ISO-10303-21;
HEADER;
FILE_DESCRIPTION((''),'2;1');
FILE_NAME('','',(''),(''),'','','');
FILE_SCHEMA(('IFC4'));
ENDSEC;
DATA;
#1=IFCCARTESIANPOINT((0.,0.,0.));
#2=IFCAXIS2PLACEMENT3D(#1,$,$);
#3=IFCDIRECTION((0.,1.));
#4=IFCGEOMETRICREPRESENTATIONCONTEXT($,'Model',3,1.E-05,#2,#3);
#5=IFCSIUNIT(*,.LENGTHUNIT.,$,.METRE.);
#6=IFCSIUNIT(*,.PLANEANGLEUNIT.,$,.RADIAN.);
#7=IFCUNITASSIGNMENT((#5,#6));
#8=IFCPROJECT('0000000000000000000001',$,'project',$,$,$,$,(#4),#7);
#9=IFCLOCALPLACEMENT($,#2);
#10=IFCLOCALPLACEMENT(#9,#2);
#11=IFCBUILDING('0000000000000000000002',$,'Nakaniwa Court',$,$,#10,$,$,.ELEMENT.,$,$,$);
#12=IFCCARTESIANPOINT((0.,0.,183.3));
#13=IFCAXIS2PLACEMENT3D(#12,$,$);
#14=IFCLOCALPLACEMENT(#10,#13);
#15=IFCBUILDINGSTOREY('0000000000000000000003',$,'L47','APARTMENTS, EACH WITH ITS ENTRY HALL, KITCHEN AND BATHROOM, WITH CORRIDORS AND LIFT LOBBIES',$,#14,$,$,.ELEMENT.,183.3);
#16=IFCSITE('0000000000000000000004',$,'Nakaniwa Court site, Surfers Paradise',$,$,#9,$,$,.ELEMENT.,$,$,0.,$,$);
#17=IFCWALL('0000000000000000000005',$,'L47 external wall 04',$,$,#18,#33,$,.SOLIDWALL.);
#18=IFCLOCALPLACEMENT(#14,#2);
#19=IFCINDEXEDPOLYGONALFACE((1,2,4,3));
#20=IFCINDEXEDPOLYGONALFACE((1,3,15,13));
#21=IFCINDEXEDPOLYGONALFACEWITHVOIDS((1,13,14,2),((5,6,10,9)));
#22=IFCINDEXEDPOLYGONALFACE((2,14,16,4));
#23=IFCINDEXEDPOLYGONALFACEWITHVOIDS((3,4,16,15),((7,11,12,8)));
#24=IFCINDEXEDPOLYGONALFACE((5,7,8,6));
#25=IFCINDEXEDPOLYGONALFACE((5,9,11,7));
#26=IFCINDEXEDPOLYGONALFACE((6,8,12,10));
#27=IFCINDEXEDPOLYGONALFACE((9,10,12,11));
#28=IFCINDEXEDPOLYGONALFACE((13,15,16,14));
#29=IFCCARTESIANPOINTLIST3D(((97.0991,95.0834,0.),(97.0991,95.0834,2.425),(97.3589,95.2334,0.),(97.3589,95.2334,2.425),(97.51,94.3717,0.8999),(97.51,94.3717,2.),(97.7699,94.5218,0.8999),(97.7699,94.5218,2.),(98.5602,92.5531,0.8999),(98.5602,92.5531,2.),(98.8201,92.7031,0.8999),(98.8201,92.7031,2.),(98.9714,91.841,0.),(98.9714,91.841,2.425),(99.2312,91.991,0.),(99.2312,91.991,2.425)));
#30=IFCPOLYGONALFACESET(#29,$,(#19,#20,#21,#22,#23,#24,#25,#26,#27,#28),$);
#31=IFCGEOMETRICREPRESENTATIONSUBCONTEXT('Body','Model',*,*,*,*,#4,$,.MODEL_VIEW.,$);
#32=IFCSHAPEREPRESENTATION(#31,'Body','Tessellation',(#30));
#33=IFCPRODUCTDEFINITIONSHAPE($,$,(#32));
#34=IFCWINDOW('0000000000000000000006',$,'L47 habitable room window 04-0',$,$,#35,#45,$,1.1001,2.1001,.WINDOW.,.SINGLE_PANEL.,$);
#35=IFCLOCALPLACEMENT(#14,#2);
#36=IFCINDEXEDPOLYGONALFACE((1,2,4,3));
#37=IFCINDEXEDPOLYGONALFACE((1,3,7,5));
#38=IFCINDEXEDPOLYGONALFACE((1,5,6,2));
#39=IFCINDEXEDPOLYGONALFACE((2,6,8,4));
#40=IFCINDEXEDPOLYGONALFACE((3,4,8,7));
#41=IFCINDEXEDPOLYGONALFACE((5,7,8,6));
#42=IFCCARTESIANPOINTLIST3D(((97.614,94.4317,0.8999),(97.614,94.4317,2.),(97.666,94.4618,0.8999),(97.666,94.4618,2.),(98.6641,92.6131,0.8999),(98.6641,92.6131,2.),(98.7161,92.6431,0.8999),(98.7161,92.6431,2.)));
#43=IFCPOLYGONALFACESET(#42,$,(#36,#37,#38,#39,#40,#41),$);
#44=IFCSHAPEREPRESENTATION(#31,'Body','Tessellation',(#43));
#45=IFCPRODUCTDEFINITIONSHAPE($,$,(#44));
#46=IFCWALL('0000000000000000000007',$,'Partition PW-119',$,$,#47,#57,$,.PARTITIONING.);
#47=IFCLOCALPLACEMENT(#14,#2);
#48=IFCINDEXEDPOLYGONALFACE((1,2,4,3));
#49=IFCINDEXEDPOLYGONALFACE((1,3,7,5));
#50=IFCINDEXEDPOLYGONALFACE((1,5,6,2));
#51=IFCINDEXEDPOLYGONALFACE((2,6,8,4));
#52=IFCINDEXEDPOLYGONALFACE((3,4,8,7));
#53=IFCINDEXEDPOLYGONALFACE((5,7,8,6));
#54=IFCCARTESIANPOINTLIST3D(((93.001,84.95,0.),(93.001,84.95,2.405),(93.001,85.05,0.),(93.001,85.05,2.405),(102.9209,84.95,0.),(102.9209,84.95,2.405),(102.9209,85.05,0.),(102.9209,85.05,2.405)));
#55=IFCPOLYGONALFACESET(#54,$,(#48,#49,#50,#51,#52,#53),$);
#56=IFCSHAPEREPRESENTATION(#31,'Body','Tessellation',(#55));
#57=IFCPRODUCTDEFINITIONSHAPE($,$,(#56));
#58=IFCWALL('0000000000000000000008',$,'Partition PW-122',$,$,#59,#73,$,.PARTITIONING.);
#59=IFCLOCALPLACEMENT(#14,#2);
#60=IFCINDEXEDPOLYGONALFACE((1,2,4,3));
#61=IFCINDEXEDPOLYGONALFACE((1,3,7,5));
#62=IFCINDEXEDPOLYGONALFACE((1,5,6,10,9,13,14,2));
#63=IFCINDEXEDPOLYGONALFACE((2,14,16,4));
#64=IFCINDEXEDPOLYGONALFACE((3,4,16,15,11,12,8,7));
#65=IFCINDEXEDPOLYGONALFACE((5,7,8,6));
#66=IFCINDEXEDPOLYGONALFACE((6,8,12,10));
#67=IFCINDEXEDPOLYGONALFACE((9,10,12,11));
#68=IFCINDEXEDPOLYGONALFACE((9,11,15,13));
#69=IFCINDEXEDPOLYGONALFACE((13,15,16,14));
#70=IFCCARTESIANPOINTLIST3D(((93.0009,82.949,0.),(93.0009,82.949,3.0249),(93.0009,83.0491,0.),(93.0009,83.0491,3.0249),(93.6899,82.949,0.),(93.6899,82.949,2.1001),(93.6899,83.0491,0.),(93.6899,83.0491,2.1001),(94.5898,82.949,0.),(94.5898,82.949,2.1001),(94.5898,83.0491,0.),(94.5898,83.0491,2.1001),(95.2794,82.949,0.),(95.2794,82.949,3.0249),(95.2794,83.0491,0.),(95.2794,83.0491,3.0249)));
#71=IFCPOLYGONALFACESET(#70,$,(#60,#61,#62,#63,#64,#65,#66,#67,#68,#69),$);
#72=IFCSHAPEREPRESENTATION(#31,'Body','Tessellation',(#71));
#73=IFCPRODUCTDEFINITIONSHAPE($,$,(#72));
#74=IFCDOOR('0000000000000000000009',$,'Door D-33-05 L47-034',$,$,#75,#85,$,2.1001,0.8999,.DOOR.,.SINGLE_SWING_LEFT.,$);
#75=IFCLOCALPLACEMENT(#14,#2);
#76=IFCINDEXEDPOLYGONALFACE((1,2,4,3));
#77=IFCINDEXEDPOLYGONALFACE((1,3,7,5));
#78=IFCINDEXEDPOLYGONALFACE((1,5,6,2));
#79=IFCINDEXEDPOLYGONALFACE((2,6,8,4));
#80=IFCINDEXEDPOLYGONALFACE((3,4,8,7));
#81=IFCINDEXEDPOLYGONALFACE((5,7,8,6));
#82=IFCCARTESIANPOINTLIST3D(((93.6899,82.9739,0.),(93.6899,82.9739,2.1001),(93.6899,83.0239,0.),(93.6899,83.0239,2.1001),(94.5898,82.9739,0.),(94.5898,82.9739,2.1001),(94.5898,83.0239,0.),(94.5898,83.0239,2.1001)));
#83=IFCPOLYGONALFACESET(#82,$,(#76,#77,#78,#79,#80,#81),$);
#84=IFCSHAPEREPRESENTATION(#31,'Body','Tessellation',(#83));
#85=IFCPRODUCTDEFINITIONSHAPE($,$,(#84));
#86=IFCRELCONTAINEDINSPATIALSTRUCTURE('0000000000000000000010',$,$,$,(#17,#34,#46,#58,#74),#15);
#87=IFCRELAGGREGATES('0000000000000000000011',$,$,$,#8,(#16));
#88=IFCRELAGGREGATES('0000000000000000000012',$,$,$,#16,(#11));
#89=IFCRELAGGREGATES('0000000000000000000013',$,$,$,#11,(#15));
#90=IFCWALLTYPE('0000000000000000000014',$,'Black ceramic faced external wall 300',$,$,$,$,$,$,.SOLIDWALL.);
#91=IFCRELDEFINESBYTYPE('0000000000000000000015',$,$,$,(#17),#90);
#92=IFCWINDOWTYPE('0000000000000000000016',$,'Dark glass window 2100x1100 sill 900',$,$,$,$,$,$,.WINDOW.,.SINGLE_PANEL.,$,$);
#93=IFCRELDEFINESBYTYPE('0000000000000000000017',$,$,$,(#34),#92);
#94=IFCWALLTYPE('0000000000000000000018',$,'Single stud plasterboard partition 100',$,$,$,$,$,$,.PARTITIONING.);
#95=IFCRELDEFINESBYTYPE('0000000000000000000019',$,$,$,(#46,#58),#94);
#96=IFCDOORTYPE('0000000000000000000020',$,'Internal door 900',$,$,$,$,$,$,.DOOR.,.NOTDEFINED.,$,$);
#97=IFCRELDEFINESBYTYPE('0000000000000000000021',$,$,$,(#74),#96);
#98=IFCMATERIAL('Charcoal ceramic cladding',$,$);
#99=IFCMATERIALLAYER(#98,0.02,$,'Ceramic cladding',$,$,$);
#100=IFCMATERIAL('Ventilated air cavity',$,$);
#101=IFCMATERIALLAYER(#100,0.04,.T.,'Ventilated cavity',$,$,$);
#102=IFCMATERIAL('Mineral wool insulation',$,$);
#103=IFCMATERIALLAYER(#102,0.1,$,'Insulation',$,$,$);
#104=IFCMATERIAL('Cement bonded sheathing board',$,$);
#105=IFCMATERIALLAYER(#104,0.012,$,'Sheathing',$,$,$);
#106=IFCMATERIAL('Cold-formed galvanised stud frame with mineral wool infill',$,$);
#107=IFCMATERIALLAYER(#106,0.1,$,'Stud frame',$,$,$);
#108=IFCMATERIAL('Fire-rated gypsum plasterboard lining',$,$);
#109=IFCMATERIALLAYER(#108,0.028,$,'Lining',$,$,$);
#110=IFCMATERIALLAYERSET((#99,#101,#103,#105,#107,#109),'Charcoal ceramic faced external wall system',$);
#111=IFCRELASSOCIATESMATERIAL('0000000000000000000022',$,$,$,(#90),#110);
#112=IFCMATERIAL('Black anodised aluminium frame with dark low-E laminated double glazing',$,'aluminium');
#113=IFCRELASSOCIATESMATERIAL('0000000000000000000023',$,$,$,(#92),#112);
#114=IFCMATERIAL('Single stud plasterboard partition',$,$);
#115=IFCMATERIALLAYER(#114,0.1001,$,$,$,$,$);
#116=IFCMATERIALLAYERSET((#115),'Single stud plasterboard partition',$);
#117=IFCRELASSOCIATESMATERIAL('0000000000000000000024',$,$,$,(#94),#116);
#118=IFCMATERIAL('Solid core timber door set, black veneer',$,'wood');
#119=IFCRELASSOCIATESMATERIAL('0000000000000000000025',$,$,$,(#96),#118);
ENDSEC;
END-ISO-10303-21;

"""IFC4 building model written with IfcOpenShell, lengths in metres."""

from ifc_helpers import new_model, si_unit, direction, frame, frame_2d, origin, place, context, subcontext, project, spatial, rectangle, extrude, material, layer, layer_set, type_object, element, fill, save


model = new_model("IFC4")

# Units and contexts
model_context = context("Model", 3, precision=1e-05, world=origin(), true_north=direction((0.0, 1.0)))
body_context = subcontext(model_context, "Body", "Model", "MODEL_VIEW")
ifc_project = project(units=[si_unit("LENGTHUNIT", "METRE"), si_unit("PLANEANGLEUNIT", "RADIAN")], contexts=[model_context])

# Site, building, storey
site_placement = place(None, origin())
site = spatial("IfcSite", under=ifc_project, at=site_placement, Name="Nakaniwa Court site, Surfers Paradise", CompositionType="ELEMENT", RefElevation=0.0)
building_placement = place(site_placement, origin())
building = spatial("IfcBuilding", under=site, at=building_placement, Name="Nakaniwa Court", CompositionType="ELEMENT")
storey_placement = place(building_placement, frame((0.0, 0.0, 183.3)))
storey = spatial("IfcBuildingStorey", under=building, at=storey_placement, Name="L47", Description="APARTMENTS, EACH WITH ITS ENTRY HALL, KITCHEN AND BATHROOM, WITH CORRIDORS AND LIFT LOBBIES", CompositionType="ELEMENT", Elevation=183.3)

# Shared definitions
ifc_material_1 = material(Name="Solid core timber door set, black veneer", Category="wood")

# Wall, opening, window
ifc_material_2 = material(Name="Charcoal ceramic cladding")
ifc_layer_1 = layer(ifc_material_2, 0.02, Name="Ceramic cladding")
ifc_material_3 = material(Name="Ventilated air cavity")
ifc_layer_2 = layer(ifc_material_3, 0.04, ventilated=True, Name="Ventilated cavity")
ifc_material_4 = material(Name="Mineral wool insulation")
ifc_layer_3 = layer(ifc_material_4, 0.1, Name="Insulation")
ifc_material_5 = material(Name="Cement bonded sheathing board")
ifc_layer_4 = layer(ifc_material_5, 0.012, Name="Sheathing")
ifc_material_6 = material(Name="Cold-formed galvanised stud frame with mineral wool infill")
ifc_layer_5 = layer(ifc_material_6, 0.1, Name="Stud frame")
ifc_material_7 = material(Name="Fire-rated gypsum plasterboard lining")
ifc_layer_6 = layer(ifc_material_7, 0.028, Name="Lining")
ifc_layer_set_1 = layer_set([ifc_layer_1, ifc_layer_2, ifc_layer_3, ifc_layer_4, ifc_layer_5, ifc_layer_6], Name="Charcoal ceramic faced external wall system")
wall_type_1 = type_object("IfcWallType", Name="Black ceramic faced external wall 300", PredefinedType="SOLIDWALL", material=ifc_layer_set_1)
ifc_material_8 = material(Name="Black anodised aluminium frame with dark low-E laminated double glazing", Category="aluminium")
window_type = type_object("IfcWindowType", Name="Dark glass window 2100x1100 sill 900", PartitioningType="SINGLE_PANEL", PredefinedType="WINDOW", material=ifc_material_8)
wall_1_placement = place(storey_placement, frame((99.1013, 91.916, 0.0), z_axis=(0.0, 0.0, 1.0), x_axis=(-0.500059, 0.865991, 0.0)))
wall_1 = element("IfcWall", 1, at=wall_1_placement, inside=storey, type_object=wall_type_1, Name="L47 external wall 04", PredefinedType="SOLIDWALL", context=body_context, shape_type="SweptSolid", body=[
    extrude(rectangle(XDim=3.7441, YDim=0.3, at=frame_2d((1.8721, 0.0))), origin(), (0.0, 0.0, 1.0), 2.425),
])
opening_1_placement = place(wall_1_placement, frame((0.8223, 0.0, 0.8999)))
opening_1 = element("IfcOpeningElement", 2, at=opening_1_placement, cuts=wall_1, PredefinedType="OPENING", context=body_context, shape_type="SweptSolid", body=[
    extrude(rectangle(XDim=2.1001, YDim=1.1001, at=frame_2d((1.05, 0.55))), frame((0.0, 0.1599, 0.0), z_axis=(0.0, -1.0, 0.0), x_axis=(1.0, 0.0, 0.0)), (0.0, 0.0, 1.0), 0.3201),
])
window_1_placement = place(opening_1_placement, origin())
window_1 = element("IfcWindow", 3, at=window_1_placement, inside=storey, type_object=window_type, Name="L47 habitable room window 04-0", OverallHeight=1.1001, OverallWidth=2.1001, PartitioningType="SINGLE_PANEL", PredefinedType="WINDOW", context=body_context, shape_type="SweptSolid", body=[
    extrude(rectangle(XDim=2.1001, YDim=1.1001, at=frame_2d((1.05, 0.55))), frame((0.0, 0.03, 0.0), z_axis=(0.0, -1.0, 0.0), x_axis=(1.0, 0.0, 0.0)), (0.0, 0.0, 1.0), 0.0601),
])
fill(opening_1, window_1)

# Wall
ifc_material_9 = material(Name="Single stud plasterboard partition")
ifc_layer_7 = layer(ifc_material_9, 0.1001)
ifc_layer_set_2 = layer_set([ifc_layer_7], Name="Single stud plasterboard partition")
wall_type_2 = type_object("IfcWallType", Name="Single stud plasterboard partition 100", PredefinedType="PARTITIONING", material=ifc_layer_set_2)
wall_2_placement = place(storey_placement, frame((93.001, 85.0, 0.0), z_axis=(0.0, 0.0, 1.0), x_axis=(1.0, 0.0, 0.0)))
element("IfcWall", 4, at=wall_2_placement, inside=storey, type_object=wall_type_2, Name="Partition PW-119", PredefinedType="PARTITIONING", context=body_context, shape_type="SweptSolid", body=[
    extrude(rectangle(XDim=9.9199, YDim=0.1001, at=frame_2d((4.96, 0.0))), origin(), (0.0, 0.0, 1.0), 2.405),
])

# Wall, opening, door
wall_3_placement = place(storey_placement, frame((93.001, 82.999, 0.0), z_axis=(0.0, 0.0, 1.0), x_axis=(1.0, 0.0, 0.0)))
wall_3 = element("IfcWall", 5, at=wall_3_placement, inside=storey, type_object=wall_type_2, Name="Partition PW-122", PredefinedType="PARTITIONING", context=body_context, shape_type="SweptSolid", body=[
    extrude(rectangle(XDim=2.2786, YDim=0.1001, at=frame_2d((1.1392, 0.0))), origin(), (0.0, 0.0, 1.0), 3.0249),
])
opening_2_placement = place(wall_3_placement, frame((0.689, 0.0, 0.0)))
opening_2 = element("IfcOpeningElement", 6, at=opening_2_placement, cuts=wall_3, PredefinedType="OPENING", context=body_context, shape_type="SweptSolid", body=[
    extrude(rectangle(XDim=0.8999, YDim=2.1001, at=frame_2d((0.45, 1.05))), frame((0.0, 0.0601, 0.0), z_axis=(0.0, -1.0, 0.0), x_axis=(1.0, 0.0, 0.0)), (0.0, 0.0, 1.0), 0.1201),
])
door_type_1 = type_object("IfcDoorType", Name="Internal door 900", OperationType="NOTDEFINED", PredefinedType="DOOR", material=ifc_material_1)
door_1_placement = place(opening_2_placement, origin())
door_1 = element("IfcDoor", 7, at=door_1_placement, inside=storey, type_object=door_type_1, Name="Door D-33-05 L47-034", OperationType="SINGLE_SWING_LEFT", OverallHeight=2.1001, OverallWidth=0.8999, PredefinedType="DOOR", context=body_context, shape_type="SweptSolid", body=[
    extrude(rectangle(XDim=0.8999, YDim=2.1001, at=frame_2d((0.45, 1.05))), frame((0.0, 0.0249, 0.0), z_axis=(0.0, -1.0, 0.0), x_axis=(1.0, 0.0, 0.0)), (0.0, 0.0, 1.0), 0.05),
])
fill(opening_2, door_1)

save(model, "model.ifc")
